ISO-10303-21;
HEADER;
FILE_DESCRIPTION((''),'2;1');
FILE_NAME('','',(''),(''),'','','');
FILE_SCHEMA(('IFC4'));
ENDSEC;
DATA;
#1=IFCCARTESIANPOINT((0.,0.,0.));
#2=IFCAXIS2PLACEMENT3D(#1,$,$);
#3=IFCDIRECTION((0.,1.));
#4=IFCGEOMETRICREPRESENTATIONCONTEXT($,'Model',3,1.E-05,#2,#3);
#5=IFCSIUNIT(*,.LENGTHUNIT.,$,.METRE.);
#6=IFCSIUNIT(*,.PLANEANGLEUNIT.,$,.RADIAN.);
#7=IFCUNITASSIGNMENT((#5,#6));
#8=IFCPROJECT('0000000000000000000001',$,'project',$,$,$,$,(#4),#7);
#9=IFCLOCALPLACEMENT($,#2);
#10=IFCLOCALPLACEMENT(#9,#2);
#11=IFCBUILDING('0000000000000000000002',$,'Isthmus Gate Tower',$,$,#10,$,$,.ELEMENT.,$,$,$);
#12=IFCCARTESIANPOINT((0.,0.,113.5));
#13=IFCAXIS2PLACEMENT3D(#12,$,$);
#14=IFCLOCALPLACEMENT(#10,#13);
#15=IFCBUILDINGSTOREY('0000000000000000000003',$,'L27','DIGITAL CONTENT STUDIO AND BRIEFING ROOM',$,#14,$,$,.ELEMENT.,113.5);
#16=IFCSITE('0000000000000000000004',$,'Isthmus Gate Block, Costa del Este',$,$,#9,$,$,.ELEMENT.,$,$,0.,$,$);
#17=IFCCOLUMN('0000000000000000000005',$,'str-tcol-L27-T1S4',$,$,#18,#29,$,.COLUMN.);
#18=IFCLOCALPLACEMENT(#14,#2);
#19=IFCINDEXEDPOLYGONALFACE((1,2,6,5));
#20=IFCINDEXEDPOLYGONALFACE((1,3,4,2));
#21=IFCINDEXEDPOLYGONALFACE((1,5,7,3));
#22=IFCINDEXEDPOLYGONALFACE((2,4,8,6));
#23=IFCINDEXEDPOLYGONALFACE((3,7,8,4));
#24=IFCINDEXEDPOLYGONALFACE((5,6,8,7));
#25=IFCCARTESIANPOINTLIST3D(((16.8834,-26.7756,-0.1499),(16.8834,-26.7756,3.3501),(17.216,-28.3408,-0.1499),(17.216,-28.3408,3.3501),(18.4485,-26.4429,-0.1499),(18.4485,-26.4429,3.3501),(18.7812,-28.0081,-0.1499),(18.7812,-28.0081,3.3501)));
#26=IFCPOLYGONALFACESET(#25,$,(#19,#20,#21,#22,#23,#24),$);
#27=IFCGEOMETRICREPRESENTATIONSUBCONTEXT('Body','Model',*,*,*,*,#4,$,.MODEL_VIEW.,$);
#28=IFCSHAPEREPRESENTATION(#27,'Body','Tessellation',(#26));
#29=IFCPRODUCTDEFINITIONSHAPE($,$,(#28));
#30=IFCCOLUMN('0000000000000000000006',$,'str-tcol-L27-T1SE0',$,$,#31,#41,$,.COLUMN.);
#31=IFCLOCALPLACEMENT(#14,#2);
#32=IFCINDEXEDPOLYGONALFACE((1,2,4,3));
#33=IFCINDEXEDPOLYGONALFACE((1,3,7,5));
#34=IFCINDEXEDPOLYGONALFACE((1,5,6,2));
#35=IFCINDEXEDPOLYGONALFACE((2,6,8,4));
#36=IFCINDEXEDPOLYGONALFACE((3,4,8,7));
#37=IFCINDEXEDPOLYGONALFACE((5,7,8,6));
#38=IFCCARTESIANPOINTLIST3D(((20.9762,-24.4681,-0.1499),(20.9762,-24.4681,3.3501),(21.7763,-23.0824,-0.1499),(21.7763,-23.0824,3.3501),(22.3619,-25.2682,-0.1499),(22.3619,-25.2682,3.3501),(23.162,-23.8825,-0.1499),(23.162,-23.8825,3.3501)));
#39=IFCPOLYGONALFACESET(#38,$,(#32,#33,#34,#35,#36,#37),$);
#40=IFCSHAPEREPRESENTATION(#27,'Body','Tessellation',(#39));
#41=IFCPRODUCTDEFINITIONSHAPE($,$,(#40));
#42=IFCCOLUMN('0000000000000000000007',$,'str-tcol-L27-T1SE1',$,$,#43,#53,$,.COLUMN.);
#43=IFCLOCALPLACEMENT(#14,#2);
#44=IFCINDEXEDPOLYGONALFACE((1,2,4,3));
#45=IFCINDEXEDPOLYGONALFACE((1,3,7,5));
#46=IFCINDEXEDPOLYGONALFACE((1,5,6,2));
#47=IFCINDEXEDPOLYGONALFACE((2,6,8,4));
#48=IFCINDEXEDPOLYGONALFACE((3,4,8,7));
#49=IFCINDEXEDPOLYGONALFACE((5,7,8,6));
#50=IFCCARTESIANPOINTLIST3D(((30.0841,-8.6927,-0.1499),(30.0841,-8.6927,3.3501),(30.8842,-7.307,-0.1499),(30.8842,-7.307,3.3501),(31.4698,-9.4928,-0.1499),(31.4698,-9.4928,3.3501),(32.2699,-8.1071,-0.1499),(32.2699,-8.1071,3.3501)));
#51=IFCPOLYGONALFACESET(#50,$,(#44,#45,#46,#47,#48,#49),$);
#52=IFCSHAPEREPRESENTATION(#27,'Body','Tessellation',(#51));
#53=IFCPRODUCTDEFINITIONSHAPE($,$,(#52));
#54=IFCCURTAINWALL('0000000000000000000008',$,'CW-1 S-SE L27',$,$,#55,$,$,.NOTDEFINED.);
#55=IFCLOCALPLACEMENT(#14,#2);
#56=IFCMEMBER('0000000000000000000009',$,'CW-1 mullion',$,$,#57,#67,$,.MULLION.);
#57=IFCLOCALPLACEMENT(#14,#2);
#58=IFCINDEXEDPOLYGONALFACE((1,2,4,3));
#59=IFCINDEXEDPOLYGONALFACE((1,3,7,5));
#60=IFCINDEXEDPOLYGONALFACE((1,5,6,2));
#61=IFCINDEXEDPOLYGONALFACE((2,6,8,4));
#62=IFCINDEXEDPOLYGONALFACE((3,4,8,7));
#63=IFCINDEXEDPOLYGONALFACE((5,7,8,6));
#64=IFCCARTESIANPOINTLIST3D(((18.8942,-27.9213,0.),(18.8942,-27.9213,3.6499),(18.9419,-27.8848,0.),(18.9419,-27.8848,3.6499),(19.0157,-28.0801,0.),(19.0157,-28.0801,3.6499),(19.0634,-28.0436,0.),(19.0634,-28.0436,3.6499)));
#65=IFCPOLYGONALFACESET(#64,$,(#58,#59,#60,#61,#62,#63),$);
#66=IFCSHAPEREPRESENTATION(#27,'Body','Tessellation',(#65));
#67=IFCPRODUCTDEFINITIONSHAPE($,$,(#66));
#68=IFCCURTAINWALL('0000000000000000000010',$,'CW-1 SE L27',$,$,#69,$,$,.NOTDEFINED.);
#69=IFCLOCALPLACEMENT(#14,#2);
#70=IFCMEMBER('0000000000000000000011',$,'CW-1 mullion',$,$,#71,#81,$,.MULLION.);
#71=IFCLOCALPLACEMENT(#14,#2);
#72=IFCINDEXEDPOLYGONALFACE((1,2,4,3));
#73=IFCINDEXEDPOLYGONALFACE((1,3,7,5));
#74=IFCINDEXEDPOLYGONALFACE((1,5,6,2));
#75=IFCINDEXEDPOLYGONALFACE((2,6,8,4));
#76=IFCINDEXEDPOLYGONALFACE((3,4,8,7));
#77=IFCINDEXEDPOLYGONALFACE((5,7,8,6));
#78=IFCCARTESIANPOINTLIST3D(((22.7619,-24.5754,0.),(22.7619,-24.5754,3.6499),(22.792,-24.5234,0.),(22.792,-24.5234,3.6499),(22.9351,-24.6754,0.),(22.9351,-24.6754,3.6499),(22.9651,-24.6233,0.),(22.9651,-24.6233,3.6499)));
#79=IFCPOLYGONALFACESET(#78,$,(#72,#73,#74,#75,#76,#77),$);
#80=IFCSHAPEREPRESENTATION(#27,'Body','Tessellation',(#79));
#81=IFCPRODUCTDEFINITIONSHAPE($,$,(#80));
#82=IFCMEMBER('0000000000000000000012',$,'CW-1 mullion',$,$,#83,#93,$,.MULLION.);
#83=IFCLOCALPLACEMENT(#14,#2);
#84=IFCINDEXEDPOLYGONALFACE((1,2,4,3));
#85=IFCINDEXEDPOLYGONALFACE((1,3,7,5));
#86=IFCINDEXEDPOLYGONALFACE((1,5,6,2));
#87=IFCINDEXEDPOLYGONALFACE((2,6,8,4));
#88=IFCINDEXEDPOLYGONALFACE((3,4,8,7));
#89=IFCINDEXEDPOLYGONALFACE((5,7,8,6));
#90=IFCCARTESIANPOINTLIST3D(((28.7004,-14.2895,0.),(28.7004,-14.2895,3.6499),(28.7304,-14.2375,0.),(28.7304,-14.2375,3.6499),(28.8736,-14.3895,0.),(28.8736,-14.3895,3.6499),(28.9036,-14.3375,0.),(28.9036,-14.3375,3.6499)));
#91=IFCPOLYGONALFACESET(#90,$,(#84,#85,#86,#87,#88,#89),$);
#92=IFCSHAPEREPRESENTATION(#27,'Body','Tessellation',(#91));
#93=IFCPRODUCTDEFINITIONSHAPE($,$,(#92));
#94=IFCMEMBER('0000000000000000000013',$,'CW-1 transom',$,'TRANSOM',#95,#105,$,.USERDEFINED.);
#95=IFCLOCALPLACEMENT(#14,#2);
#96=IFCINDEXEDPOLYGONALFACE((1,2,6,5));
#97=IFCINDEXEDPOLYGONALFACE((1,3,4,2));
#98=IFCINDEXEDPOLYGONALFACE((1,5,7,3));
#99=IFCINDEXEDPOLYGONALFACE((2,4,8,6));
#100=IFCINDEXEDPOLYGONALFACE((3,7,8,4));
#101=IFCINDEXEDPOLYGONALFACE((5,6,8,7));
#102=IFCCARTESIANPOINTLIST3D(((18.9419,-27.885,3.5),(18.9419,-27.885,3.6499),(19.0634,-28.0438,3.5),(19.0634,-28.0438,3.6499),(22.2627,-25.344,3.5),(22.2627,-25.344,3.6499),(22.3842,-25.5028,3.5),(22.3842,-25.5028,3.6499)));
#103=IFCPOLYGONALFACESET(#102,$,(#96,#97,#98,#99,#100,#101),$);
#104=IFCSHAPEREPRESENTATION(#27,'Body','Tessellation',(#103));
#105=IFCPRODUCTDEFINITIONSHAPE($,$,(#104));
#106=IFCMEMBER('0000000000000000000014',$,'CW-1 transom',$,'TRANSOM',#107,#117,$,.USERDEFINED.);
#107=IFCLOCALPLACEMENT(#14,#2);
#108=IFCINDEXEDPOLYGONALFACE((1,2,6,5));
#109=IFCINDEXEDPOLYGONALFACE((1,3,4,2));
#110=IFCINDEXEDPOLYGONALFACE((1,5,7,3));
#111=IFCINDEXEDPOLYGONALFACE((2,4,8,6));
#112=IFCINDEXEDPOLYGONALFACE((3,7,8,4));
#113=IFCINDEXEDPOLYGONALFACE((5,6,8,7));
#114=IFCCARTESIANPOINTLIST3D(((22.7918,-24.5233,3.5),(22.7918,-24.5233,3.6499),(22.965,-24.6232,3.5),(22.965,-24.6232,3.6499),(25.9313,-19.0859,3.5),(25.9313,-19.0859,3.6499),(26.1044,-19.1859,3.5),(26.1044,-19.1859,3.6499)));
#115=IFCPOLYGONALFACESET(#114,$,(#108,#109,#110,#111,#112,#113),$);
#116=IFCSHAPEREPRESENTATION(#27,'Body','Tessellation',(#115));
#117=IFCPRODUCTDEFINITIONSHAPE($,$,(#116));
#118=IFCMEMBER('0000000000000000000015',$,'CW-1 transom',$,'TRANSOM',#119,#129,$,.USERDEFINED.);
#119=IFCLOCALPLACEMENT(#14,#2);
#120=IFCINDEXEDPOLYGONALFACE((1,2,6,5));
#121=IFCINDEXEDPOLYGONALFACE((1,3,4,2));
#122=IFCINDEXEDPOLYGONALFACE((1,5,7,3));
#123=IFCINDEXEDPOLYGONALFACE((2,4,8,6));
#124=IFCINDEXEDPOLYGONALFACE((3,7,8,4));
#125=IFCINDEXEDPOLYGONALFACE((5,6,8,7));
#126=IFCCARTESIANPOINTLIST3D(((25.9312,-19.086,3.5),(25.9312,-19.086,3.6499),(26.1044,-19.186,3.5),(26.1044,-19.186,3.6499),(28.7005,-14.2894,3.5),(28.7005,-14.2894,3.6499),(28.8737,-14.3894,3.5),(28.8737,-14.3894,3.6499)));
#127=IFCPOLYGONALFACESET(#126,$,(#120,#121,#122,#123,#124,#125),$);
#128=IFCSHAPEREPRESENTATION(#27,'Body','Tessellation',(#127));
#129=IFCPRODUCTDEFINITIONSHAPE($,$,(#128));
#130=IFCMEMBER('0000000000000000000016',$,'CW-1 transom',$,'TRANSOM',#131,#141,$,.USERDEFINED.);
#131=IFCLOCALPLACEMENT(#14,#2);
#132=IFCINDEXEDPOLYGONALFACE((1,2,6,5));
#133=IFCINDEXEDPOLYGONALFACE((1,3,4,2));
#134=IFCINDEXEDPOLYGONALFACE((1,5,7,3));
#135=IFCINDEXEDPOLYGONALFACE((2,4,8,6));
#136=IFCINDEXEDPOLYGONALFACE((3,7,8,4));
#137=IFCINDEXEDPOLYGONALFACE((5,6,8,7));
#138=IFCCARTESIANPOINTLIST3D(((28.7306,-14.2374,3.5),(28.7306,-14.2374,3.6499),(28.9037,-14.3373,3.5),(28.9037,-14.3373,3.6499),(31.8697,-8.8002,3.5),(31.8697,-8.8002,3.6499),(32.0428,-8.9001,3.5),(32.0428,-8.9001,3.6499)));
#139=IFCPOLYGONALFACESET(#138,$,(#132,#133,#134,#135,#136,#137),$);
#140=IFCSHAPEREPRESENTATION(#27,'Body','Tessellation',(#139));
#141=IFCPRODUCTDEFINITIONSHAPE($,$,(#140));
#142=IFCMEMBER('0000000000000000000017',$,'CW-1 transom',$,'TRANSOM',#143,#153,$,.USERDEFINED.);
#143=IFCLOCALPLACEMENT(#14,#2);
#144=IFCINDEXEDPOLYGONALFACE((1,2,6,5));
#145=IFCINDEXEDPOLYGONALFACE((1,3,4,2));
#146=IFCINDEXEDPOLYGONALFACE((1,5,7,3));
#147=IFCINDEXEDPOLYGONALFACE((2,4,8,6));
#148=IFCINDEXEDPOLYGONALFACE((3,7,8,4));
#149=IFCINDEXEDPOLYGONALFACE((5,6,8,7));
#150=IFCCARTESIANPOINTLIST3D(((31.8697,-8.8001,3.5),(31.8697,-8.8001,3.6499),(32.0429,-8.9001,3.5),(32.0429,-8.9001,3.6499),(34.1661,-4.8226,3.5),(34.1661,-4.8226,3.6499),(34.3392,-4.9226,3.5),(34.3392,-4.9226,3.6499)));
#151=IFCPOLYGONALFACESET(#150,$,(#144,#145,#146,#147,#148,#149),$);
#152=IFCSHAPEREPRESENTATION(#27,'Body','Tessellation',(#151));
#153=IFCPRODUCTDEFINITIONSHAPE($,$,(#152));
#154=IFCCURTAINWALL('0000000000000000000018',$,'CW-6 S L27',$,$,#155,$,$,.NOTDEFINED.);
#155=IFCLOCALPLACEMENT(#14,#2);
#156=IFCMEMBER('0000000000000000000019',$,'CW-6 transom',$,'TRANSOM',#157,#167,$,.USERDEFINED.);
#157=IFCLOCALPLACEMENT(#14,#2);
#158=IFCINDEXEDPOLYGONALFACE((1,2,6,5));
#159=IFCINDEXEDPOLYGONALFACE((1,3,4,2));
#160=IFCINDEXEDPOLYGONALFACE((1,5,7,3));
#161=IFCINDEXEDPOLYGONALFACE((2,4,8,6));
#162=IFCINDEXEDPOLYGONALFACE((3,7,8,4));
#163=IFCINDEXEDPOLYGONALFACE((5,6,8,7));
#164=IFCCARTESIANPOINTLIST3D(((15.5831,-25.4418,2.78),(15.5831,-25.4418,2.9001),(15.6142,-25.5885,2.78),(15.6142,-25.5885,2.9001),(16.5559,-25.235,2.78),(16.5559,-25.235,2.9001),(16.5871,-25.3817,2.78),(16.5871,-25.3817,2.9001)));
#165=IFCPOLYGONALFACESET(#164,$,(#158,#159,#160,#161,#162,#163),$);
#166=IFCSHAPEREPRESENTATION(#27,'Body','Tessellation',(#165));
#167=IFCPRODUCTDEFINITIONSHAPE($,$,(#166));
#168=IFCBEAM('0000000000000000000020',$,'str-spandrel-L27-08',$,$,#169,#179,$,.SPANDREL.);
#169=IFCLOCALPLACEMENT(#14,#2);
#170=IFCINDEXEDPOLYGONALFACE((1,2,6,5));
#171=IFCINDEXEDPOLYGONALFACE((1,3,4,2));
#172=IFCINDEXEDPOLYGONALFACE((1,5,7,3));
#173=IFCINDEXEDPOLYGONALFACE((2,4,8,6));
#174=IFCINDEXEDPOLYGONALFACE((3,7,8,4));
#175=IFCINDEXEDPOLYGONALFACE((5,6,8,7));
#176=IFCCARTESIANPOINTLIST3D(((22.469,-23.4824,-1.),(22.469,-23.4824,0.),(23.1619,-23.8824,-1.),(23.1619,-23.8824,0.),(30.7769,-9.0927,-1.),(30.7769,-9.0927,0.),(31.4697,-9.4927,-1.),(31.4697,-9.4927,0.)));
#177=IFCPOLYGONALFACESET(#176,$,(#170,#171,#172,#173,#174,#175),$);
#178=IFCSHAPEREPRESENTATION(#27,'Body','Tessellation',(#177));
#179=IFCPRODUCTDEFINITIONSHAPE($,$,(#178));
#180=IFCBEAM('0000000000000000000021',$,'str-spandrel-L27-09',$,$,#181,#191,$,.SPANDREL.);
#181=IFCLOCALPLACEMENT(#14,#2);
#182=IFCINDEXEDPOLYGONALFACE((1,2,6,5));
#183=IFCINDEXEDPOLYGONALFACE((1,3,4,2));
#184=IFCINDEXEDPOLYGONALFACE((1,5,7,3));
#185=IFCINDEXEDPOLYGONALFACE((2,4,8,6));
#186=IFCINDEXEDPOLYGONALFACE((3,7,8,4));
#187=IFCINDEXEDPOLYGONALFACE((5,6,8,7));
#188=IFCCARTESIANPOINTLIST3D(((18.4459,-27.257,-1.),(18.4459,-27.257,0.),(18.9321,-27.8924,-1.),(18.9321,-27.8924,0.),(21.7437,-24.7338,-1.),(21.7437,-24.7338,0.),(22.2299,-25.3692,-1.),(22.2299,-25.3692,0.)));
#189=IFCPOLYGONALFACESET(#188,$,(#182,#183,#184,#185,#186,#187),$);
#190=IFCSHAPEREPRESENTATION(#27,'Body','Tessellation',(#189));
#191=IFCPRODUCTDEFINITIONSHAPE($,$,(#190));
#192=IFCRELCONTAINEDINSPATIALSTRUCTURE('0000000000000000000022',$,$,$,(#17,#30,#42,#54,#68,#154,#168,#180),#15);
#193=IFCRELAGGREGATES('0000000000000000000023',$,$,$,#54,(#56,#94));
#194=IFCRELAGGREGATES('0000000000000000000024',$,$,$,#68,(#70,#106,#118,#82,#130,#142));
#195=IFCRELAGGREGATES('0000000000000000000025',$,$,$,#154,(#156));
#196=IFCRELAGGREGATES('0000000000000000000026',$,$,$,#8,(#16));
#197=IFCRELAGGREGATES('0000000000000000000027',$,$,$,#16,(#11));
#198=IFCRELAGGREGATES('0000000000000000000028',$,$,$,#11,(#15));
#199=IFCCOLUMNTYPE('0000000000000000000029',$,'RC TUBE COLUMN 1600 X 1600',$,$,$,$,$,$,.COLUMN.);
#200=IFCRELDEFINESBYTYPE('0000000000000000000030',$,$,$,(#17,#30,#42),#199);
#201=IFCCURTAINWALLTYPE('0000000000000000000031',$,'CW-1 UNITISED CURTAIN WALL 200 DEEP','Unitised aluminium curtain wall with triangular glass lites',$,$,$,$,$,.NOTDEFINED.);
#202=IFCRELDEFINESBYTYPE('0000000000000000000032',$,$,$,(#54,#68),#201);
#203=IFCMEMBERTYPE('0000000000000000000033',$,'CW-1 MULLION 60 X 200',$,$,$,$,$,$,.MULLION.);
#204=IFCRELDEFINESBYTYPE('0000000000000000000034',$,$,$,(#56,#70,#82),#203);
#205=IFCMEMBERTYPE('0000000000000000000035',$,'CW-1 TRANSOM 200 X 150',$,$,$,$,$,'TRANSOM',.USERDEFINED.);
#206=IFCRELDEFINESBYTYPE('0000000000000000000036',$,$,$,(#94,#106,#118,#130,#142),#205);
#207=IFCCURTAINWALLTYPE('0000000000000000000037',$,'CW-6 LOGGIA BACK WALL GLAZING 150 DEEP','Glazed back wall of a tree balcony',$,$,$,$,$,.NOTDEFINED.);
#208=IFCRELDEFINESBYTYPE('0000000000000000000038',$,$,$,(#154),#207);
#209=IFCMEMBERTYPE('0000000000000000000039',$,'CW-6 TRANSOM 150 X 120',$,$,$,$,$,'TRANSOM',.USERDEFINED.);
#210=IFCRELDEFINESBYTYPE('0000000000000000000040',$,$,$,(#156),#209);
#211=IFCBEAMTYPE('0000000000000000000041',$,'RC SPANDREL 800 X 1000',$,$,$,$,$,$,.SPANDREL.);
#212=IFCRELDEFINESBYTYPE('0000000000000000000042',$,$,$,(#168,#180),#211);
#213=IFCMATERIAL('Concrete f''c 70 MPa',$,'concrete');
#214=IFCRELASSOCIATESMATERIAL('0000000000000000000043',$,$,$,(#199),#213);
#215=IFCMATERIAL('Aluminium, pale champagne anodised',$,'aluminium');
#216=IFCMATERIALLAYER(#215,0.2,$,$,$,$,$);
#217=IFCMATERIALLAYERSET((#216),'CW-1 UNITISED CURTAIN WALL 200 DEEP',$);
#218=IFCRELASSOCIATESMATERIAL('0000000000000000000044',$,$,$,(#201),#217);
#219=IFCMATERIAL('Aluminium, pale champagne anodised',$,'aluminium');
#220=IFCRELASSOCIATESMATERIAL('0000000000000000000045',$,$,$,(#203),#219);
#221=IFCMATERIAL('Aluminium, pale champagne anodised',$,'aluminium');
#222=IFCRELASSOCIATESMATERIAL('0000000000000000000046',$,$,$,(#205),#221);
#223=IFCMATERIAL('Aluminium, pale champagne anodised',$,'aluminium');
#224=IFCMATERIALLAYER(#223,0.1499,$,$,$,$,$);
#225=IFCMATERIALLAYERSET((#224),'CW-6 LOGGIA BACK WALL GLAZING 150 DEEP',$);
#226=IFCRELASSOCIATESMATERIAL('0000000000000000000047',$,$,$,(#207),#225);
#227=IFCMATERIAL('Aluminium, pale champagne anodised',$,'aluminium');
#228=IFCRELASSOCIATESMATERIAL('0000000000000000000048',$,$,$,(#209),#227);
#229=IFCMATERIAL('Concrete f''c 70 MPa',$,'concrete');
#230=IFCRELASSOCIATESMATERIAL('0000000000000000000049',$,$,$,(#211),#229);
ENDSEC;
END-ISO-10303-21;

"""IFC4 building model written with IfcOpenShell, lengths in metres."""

from ifc_helpers import new_model, si_unit, direction, frame, origin, origin_2d, place, context, subcontext, project, spatial, rectangle, extrude, material, layer, layer_set, material_profile, profile_set, type_object, element, aggregate, save


model = new_model("IFC4")

# Units and contexts
model_context = context("Model", 3, precision=1e-05, world=origin(), true_north=direction((0.0, 1.0)))
body_context = subcontext(model_context, "Body", "Model", "MODEL_VIEW")
ifc_project = project(units=[si_unit("LENGTHUNIT", "METRE"), si_unit("PLANEANGLEUNIT", "RADIAN")], contexts=[model_context])

# Site, building, storey
site_placement = place(None, origin())
site = spatial("IfcSite", under=ifc_project, at=site_placement, Name="Isthmus Gate Block, Costa del Este", CompositionType="ELEMENT", RefElevation=0.0)
building_placement = place(site_placement, origin())
building = spatial("IfcBuilding", under=site, at=building_placement, Name="Isthmus Gate Tower", CompositionType="ELEMENT")
storey_placement = place(building_placement, frame((0.0, 0.0, 113.5)))
storey = spatial("IfcBuildingStorey", under=building, at=storey_placement, Name="L27", Description="DIGITAL CONTENT STUDIO AND BRIEFING ROOM", CompositionType="ELEMENT", Elevation=113.5)

# Columns
ifc_material_1 = material(Name="Concrete f'c 70 MPa", Category="concrete")
ifc_material_profile_1 = material_profile(ifc_material_1, rectangle(XDim=1.6001, YDim=1.6001, at=origin_2d()), Name="RC 1600X1600")
ifc_profile_set_1 = profile_set([ifc_material_profile_1], Name="Concrete f'c 70 MPa")
column_type = type_object("IfcColumnType", Name="RC TUBE COLUMN 1600 X 1600", PredefinedType="COLUMN", material=ifc_profile_set_1)
for number, where, z_axis, x_axis, name in (
    (1, (17.8323, -27.3918, -0.1499), (0.0, 0.0, 1.0), (0.978148, 0.207912, 0.0), "str-tcol-L27-T1S4"),
    (2, (22.0691, -24.1753, -0.1499), (0.0, 0.0, 1.0), (0.5, 0.866025, 0.0), "str-tcol-L27-T1SE0"),
    (3, (31.177, -8.3999, -0.1499), (0.0, 0.0, 1.0), (0.5, 0.866025, 0.0), "str-tcol-L27-T1SE1"),
):
    element("IfcColumn", number, at=place(storey_placement, frame(where, z_axis=z_axis, x_axis=x_axis)), inside=storey, type_object=column_type, Name=name, PredefinedType="COLUMN", context=body_context, shape_type="SweptSolid", body=[
        extrude(rectangle(XDim=1.6001, YDim=1.6001, at=origin_2d()), origin(), (0.0, 0.0, 1.0), 3.5),
    ])

# Curtain wall, member
ifc_material_2 = material(Name="Aluminium, pale champagne anodised", Category="aluminium")
ifc_layer_1 = layer(ifc_material_2, 0.2)
ifc_layer_set_1 = layer_set([ifc_layer_1], Name="CW-1 UNITISED CURTAIN WALL 200 DEEP")
curtain_wall_type_1 = type_object("IfcCurtainWallType", Name="CW-1 UNITISED CURTAIN WALL 200 DEEP", Description="Unitised aluminium curtain wall with triangular glass lites", PredefinedType="NOTDEFINED", material=ifc_layer_set_1)
curtain_wall_1_placement = place(storey_placement, origin())
curtain_wall_1 = element("IfcCurtainWall", 4, at=curtain_wall_1_placement, inside=storey, type_object=curtain_wall_type_1, Name="CW-1 S-SE L27", PredefinedType="NOTDEFINED")
ifc_material_3 = material(Name="Aluminium, pale champagne anodised", Category="aluminium")
ifc_material_profile_2 = material_profile(ifc_material_3, rectangle(XDim=0.0601, YDim=0.2, at=origin_2d()), Name="60x200")
ifc_profile_set_2 = profile_set([ifc_material_profile_2], Name="Aluminium, pale champagne anodised")
member_type_1 = type_object("IfcMemberType", Name="CW-1 MULLION 60 X 200", PredefinedType="MULLION", material=ifc_profile_set_2)
member_1_placement = place(storey_placement, frame((18.9788, -27.9824, 0.0), z_axis=(0.0, 0.0, 1.0), x_axis=(0.794189, 0.607671, 0.0)))
member_1 = element("IfcMember", 5, at=member_1_placement, type_object=member_type_1, Name="CW-1 mullion", PredefinedType="MULLION", context=body_context, shape_type="SweptSolid", body=[
    extrude(rectangle(XDim=0.0601, YDim=0.2, at=origin_2d()), origin(), (0.0, 0.0, 1.0), 3.6499),
])

# Curtain wall, members
curtain_wall_2_placement = place(storey_placement, origin())
curtain_wall_2 = element("IfcCurtainWall", 6, at=curtain_wall_2_placement, inside=storey, type_object=curtain_wall_type_1, Name="CW-1 SE L27", PredefinedType="NOTDEFINED")
member_2_placement = place(storey_placement, frame((22.8635, -24.5994, 0.0), z_axis=(0.0, 0.0, 1.0), x_axis=(0.5, 0.866025, 0.0)))
member_2 = element("IfcMember", 7, at=member_2_placement, type_object=member_type_1, Name="CW-1 mullion", PredefinedType="MULLION", context=body_context, shape_type="SweptSolid", body=[
    extrude(rectangle(XDim=0.0601, YDim=0.2, at=origin_2d()), origin(), (0.0, 0.0, 1.0), 3.6499),
])
member_3_placement = place(storey_placement, frame((28.802, -14.3135, 0.0), z_axis=(0.0, 0.0, 1.0), x_axis=(0.5, 0.866025, 0.0)))
member_3 = element("IfcMember", 8, at=member_3_placement, type_object=member_type_1, Name="CW-1 mullion", PredefinedType="MULLION", context=body_context, shape_type="SweptSolid", body=[
    extrude(rectangle(XDim=0.0601, YDim=0.2, at=origin_2d()), origin(), (0.0, 0.0, 1.0), 3.6499),
])

# Members
ifc_material_4 = material(Name="Aluminium, pale champagne anodised", Category="aluminium")
ifc_material_profile_3 = material_profile(ifc_material_4, rectangle(XDim=0.2, YDim=0.1499, at=origin_2d()), Name="200x150")
ifc_profile_set_3 = profile_set([ifc_material_profile_3], Name="Aluminium, pale champagne anodised")
member_type_2 = type_object("IfcMemberType", Name="CW-1 TRANSOM 200 X 150", ElementType="TRANSOM", PredefinedType="USERDEFINED", material=ifc_profile_set_3)
member_4_placement = place(storey_placement, frame((19.0027, -27.9644, 3.575), z_axis=(0.794175, 0.607688, 0.0), x_axis=(-0.607688, 0.794175, 0.0)))
member_4 = element("IfcMember", 9, at=member_4_placement, type_object=member_type_2, Name="CW-1 transom", ObjectType="TRANSOM", PredefinedType="USERDEFINED", context=body_context, shape_type="SweptSolid", body=[
    extrude(rectangle(XDim=0.2, YDim=0.1499, at=origin_2d()), origin(), (0.0, 0.0, 1.0), 4.1814),
])
member_5_placement = place(storey_placement, frame((22.8784, -24.5732, 3.575), z_axis=(0.500024, 0.866011, 0.0), x_axis=(-0.866011, 0.500024, 0.0)))
member_5 = element("IfcMember", 10, at=member_5_placement, type_object=member_type_2, Name="CW-1 transom", ObjectType="TRANSOM", PredefinedType="USERDEFINED", context=body_context, shape_type="SweptSolid", body=[
    extrude(rectangle(XDim=0.2, YDim=0.1499, at=origin_2d()), origin(), (0.0, 0.0, 1.0), 6.2786),
])
member_6_placement = place(storey_placement, frame((26.0178, -19.136, 3.575), z_axis=(0.499993, 0.866029, 0.0), x_axis=(-0.866029, 0.499993, 0.0)))
member_6 = element("IfcMember", 11, at=member_6_placement, type_object=member_type_2, Name="CW-1 transom", ObjectType="TRANSOM", PredefinedType="USERDEFINED", context=body_context, shape_type="SweptSolid", body=[
    extrude(rectangle(XDim=0.2, YDim=0.1499, at=origin_2d()), origin(), (0.0, 0.0, 1.0), 5.5386),
])
member_7_placement = place(storey_placement, frame((28.8171, -14.2874, 3.575), z_axis=(0.499995, 0.866028, 0.0), x_axis=(-0.866028, 0.499995, 0.0)))
member_7 = element("IfcMember", 12, at=member_7_placement, type_object=member_type_2, Name="CW-1 transom", ObjectType="TRANSOM", PredefinedType="USERDEFINED", context=body_context, shape_type="SweptSolid", body=[
    extrude(rectangle(XDim=0.2, YDim=0.1499, at=origin_2d()), origin(), (0.0, 0.0, 1.0), 6.2783),
])
member_8_placement = place(storey_placement, frame((31.9563, -8.8501, 3.575), z_axis=(0.499992, 0.86603, 0.0), x_axis=(-0.86603, 0.499992, 0.0)))
member_8 = element("IfcMember", 13, at=member_8_placement, type_object=member_type_2, Name="CW-1 transom", ObjectType="TRANSOM", PredefinedType="USERDEFINED", context=body_context, shape_type="SweptSolid", body=[
    extrude(rectangle(XDim=0.2, YDim=0.1499, at=origin_2d()), origin(), (0.0, 0.0, 1.0), 4.5928),
])

# Curtain wall, member
ifc_material_5 = material(Name="Aluminium, pale champagne anodised", Category="aluminium")
ifc_layer_2 = layer(ifc_material_5, 0.1499)
ifc_layer_set_2 = layer_set([ifc_layer_2], Name="CW-6 LOGGIA BACK WALL GLAZING 150 DEEP")
curtain_wall_type_2 = type_object("IfcCurtainWallType", Name="CW-6 LOGGIA BACK WALL GLAZING 150 DEEP", Description="Glazed back wall of a tree balcony", PredefinedType="NOTDEFINED", material=ifc_layer_set_2)
curtain_wall_3_placement = place(storey_placement, origin())
curtain_wall_3 = element("IfcCurtainWall", 14, at=curtain_wall_3_placement, inside=storey, type_object=curtain_wall_type_2, Name="CW-6 S L27", PredefinedType="NOTDEFINED")
ifc_material_6 = material(Name="Aluminium, pale champagne anodised", Category="aluminium")
ifc_material_profile_4 = material_profile(ifc_material_6, rectangle(XDim=0.1499, YDim=0.1201, at=origin_2d()), Name="150x120")
ifc_profile_set_4 = profile_set([ifc_material_profile_4], Name="Aluminium, pale champagne anodised")
member_type_3 = type_object("IfcMemberType", Name="CW-6 TRANSOM 150 X 120", ElementType="TRANSOM", PredefinedType="USERDEFINED", material=ifc_profile_set_4)
member_9_placement = place(storey_placement, frame((15.5986, -25.5151, 2.8401), z_axis=(0.978149, 0.207903, 0.0), x_axis=(-0.207903, 0.978149, 0.0)))
member_9 = element("IfcMember", 15, at=member_9_placement, type_object=member_type_3, Name="CW-6 transom", ObjectType="TRANSOM", PredefinedType="USERDEFINED", context=body_context, shape_type="SweptSolid", body=[
    extrude(rectangle(XDim=0.1499, YDim=0.1201, at=origin_2d()), origin(), (0.0, 0.0, 1.0), 0.9946),
])

# Beams
ifc_material_7 = material(Name="Concrete f'c 70 MPa", Category="concrete")
ifc_material_profile_5 = material_profile(ifc_material_7, rectangle(XDim=0.8, YDim=1.0, at=origin_2d()), Name="RC 800X1000")
ifc_profile_set_5 = profile_set([ifc_material_profile_5], Name="Concrete f'c 70 MPa")
beam_type_1 = type_object("IfcBeamType", Name="RC SPANDREL 800 X 1000", PredefinedType="SPANDREL", material=ifc_profile_set_5)
beam_1_placement = place(storey_placement, frame((31.1233, -9.2927, -0.5), z_axis=(-0.5, -0.866026, 0.0), x_axis=(0.866026, -0.5, 0.0)))
element("IfcBeam", 16, at=beam_1_placement, inside=storey, type_object=beam_type_1, Name="str-spandrel-L27-08", PredefinedType="SPANDREL", context=body_context, shape_type="SweptSolid", body=[
    extrude(rectangle(XDim=0.8, YDim=1.0, at=origin_2d()), origin(), (0.0, 0.0, 1.0), 16.6157),
])
beam_2_placement = place(storey_placement, frame((21.9868, -25.0515, -0.5), z_axis=(-0.794206, -0.607649, 0.0), x_axis=(0.607649, -0.794206, 0.0)))
element("IfcBeam", 17, at=beam_2_placement, inside=storey, type_object=beam_type_1, Name="str-spandrel-L27-09", PredefinedType="SPANDREL", context=body_context, shape_type="SweptSolid", body=[
    extrude(rectangle(XDim=0.8, YDim=1.0, at=origin_2d()), origin(), (0.0, 0.0, 1.0), 4.1523),
])

aggregate(curtain_wall_1, [member_1, member_4])
aggregate(curtain_wall_2, [member_2, member_5, member_6, member_3, member_7, member_8])
aggregate(curtain_wall_3, [member_9])

save(model, "model.ifc")
